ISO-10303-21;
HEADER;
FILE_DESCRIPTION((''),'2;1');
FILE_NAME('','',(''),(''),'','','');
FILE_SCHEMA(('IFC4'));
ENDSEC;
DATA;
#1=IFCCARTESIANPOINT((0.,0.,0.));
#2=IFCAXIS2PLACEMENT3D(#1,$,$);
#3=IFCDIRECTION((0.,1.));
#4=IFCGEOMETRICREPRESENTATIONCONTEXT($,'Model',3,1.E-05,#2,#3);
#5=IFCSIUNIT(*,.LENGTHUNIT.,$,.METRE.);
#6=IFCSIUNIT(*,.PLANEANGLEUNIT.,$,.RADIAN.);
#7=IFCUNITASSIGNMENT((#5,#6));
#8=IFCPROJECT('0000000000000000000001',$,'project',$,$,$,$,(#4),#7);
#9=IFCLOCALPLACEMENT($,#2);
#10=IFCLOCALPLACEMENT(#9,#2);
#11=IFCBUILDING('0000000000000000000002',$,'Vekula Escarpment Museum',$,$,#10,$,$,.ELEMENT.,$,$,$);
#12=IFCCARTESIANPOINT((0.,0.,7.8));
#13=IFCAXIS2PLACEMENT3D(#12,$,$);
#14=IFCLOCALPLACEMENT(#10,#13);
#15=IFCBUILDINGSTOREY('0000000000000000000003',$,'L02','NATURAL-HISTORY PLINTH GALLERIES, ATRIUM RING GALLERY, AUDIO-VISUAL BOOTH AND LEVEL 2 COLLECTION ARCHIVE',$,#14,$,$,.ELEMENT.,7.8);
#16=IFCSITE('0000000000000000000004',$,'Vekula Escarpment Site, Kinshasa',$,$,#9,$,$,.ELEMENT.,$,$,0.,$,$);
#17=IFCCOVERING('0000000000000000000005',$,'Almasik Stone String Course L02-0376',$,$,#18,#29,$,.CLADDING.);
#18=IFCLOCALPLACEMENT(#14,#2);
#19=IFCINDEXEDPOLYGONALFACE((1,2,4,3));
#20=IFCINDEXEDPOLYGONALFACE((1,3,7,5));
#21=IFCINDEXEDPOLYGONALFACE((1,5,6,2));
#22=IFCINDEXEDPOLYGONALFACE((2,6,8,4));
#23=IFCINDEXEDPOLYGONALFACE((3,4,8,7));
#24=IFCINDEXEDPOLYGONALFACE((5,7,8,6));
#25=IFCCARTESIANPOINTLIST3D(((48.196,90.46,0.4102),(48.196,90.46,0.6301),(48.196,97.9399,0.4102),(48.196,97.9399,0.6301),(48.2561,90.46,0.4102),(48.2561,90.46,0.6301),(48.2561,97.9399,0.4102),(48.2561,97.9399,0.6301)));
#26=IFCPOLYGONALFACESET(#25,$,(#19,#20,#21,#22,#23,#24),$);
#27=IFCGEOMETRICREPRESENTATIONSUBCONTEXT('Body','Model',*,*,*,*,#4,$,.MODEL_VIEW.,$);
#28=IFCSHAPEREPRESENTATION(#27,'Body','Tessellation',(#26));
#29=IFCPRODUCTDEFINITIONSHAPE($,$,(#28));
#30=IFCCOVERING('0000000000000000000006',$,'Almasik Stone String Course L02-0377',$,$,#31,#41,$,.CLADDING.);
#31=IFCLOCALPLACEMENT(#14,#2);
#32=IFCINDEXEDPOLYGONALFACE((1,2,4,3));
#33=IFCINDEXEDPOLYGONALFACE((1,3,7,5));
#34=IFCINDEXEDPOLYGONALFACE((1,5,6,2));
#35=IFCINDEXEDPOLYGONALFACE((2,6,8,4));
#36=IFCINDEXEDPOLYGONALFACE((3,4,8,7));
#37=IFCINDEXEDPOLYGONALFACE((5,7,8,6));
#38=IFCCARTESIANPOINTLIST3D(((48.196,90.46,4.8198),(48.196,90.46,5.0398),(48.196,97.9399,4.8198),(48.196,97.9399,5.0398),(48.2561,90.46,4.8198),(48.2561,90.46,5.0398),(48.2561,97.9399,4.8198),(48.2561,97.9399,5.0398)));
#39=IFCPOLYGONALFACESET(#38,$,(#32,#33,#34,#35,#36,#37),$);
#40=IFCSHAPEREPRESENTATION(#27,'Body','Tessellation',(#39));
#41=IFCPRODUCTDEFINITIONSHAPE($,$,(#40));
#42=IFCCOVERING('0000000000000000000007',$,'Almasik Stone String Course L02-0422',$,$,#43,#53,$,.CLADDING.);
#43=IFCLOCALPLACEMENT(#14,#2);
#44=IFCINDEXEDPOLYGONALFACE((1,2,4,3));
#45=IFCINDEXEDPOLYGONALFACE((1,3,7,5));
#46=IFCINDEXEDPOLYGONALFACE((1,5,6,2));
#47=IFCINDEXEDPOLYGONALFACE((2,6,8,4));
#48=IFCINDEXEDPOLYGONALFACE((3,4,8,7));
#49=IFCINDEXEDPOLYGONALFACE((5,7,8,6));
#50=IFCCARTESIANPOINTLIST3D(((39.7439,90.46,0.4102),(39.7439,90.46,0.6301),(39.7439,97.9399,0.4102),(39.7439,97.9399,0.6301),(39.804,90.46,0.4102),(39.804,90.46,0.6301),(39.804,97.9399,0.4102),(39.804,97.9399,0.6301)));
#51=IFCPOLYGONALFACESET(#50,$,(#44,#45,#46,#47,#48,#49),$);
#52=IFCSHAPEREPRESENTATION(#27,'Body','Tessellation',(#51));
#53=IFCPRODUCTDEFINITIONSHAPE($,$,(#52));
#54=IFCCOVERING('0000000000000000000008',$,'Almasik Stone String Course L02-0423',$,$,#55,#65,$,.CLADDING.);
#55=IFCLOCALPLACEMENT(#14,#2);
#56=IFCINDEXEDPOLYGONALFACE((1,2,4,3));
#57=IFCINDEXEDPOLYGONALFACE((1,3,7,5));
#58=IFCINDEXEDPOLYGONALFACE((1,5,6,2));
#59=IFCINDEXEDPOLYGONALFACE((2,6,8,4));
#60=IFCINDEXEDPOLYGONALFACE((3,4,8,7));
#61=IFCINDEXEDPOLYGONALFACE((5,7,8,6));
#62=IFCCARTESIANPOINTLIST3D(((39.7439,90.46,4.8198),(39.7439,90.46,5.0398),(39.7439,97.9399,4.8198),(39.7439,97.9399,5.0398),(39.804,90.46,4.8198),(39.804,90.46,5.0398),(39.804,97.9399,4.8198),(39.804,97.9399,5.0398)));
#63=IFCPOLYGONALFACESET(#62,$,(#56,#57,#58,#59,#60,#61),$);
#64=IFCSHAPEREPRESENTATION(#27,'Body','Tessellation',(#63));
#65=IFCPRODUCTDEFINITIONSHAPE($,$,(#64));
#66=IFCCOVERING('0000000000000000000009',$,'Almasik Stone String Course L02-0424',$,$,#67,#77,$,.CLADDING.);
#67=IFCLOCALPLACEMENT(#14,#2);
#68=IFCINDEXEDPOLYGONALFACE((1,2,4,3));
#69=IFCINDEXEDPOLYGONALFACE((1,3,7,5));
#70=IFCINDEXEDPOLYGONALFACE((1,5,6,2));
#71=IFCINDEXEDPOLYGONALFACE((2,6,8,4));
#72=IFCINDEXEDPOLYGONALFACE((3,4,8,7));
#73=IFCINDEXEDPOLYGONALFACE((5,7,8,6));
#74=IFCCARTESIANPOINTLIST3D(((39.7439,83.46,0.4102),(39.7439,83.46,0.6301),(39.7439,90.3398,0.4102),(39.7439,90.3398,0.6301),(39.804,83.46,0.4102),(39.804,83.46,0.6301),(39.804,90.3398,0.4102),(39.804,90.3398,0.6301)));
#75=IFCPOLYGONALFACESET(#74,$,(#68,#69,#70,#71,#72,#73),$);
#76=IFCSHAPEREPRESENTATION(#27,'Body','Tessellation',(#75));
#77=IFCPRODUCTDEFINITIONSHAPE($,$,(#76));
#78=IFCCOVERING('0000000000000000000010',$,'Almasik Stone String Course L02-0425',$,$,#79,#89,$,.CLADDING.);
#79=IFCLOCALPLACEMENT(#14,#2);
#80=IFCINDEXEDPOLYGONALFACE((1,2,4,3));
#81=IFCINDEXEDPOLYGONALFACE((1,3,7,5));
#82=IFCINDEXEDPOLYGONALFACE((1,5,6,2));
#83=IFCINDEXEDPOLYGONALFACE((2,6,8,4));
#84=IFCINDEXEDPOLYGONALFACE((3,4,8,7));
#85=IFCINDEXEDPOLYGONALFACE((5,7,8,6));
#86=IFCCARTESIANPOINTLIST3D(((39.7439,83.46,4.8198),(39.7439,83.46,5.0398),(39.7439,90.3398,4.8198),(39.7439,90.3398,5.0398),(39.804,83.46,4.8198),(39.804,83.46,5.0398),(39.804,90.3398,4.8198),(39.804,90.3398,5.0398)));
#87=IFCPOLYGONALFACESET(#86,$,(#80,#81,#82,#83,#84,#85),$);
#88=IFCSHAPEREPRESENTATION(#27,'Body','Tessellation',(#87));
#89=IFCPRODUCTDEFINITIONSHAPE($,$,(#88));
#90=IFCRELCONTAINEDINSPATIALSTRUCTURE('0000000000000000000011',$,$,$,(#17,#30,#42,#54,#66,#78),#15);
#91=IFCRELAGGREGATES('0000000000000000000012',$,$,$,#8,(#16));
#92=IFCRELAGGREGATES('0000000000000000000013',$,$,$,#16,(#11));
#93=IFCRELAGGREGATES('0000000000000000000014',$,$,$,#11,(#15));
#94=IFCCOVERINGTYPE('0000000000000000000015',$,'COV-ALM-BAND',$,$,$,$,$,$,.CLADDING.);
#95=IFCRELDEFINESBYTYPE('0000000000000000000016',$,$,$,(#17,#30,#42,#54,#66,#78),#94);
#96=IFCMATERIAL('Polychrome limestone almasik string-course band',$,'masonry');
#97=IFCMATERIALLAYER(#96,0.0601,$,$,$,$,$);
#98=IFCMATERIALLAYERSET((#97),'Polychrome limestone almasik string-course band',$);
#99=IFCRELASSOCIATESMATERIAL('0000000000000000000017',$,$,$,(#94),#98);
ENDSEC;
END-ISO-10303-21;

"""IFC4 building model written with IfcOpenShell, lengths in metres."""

from ifc_helpers import new_model, si_unit, direction, frame, origin, origin_2d, place, context, subcontext, project, spatial, rectangle, extrude, material, layer, layer_set, type_object, element, save


model = new_model("IFC4")

# Units and contexts
model_context = context("Model", 3, precision=1e-05, world=origin(), true_north=direction((0.0, 1.0)))
body_context = subcontext(model_context, "Body", "Model", "MODEL_VIEW")
ifc_project = project(units=[si_unit("LENGTHUNIT", "METRE"), si_unit("PLANEANGLEUNIT", "RADIAN")], contexts=[model_context])

# Site, building, storey
site_placement = place(None, origin())
site = spatial("IfcSite", under=ifc_project, at=site_placement, Name="Vekula Escarpment Site, Kinshasa", CompositionType="ELEMENT", RefElevation=0.0)
building_placement = place(site_placement, origin())
building = spatial("IfcBuilding", under=site, at=building_placement, Name="Vekula Escarpment Museum", CompositionType="ELEMENT")
storey_placement = place(building_placement, frame((0.0, 0.0, 7.8)))
storey = spatial("IfcBuildingStorey", under=building, at=storey_placement, Name="L02", Description="NATURAL-HISTORY PLINTH GALLERIES, ATRIUM RING GALLERY, AUDIO-VISUAL BOOTH AND LEVEL 2 COLLECTION ARCHIVE", CompositionType="ELEMENT", Elevation=7.8)

# Coverings
ifc_material_1 = material(Name="Polychrome limestone almasik string-course band", Category="masonry")
ifc_layer_1 = layer(ifc_material_1, 0.0601)
ifc_layer_set_1 = layer_set([ifc_layer_1], Name="Polychrome limestone almasik string-course band")
covering_type = type_object("IfcCoveringType", Name="COV-ALM-BAND", PredefinedType="CLADDING", material=ifc_layer_set_1)
for number, where, z_axis, x_axis, name in (
    (1, (48.2261, 94.2, 0.4102), (0.0, 0.0, 1.0), (0.0, 1.0, 0.0), "Almasik Stone String Course L02-0376"),
    (2, (48.2261, 94.2, 4.8198), (0.0, 0.0, 1.0), (0.0, 1.0, 0.0), "Almasik Stone String Course L02-0377"),
    (3, (39.7739, 94.2, 0.4102), (0.0, 0.0, 1.0), (0.0, 1.0, 0.0), "Almasik Stone String Course L02-0422"),
    (4, (39.7739, 94.2, 4.8198), (0.0, 0.0, 1.0), (0.0, 1.0, 0.0), "Almasik Stone String Course L02-0423"),
):
    element("IfcCovering", number, at=place(storey_placement, frame(where, z_axis=z_axis, x_axis=x_axis)), inside=storey, type_object=covering_type, Name=name, PredefinedType="CLADDING", context=body_context, shape_type="SweptSolid", body=[
        extrude(rectangle(XDim=7.48, YDim=0.0601, at=origin_2d()), origin(), (0.0, 0.0, 1.0), 0.22),
    ])
for number, where, z_axis, x_axis, name in (
    (5, (39.7739, 86.8999, 0.4102), (0.0, 0.0, 1.0), (0.0, 1.0, 0.0), "Almasik Stone String Course L02-0424"),
    (6, (39.7739, 86.8999, 4.8198), (0.0, 0.0, 1.0), (0.0, 1.0, 0.0), "Almasik Stone String Course L02-0425"),
):
    element("IfcCovering", number, at=place(storey_placement, frame(where, z_axis=z_axis, x_axis=x_axis)), inside=storey, type_object=covering_type, Name=name, PredefinedType="CLADDING", context=body_context, shape_type="SweptSolid", body=[
        extrude(rectangle(XDim=6.8799, YDim=0.0601, at=origin_2d()), origin(), (0.0, 0.0, 1.0), 0.22),
    ])

save(model, "model.ifc")
